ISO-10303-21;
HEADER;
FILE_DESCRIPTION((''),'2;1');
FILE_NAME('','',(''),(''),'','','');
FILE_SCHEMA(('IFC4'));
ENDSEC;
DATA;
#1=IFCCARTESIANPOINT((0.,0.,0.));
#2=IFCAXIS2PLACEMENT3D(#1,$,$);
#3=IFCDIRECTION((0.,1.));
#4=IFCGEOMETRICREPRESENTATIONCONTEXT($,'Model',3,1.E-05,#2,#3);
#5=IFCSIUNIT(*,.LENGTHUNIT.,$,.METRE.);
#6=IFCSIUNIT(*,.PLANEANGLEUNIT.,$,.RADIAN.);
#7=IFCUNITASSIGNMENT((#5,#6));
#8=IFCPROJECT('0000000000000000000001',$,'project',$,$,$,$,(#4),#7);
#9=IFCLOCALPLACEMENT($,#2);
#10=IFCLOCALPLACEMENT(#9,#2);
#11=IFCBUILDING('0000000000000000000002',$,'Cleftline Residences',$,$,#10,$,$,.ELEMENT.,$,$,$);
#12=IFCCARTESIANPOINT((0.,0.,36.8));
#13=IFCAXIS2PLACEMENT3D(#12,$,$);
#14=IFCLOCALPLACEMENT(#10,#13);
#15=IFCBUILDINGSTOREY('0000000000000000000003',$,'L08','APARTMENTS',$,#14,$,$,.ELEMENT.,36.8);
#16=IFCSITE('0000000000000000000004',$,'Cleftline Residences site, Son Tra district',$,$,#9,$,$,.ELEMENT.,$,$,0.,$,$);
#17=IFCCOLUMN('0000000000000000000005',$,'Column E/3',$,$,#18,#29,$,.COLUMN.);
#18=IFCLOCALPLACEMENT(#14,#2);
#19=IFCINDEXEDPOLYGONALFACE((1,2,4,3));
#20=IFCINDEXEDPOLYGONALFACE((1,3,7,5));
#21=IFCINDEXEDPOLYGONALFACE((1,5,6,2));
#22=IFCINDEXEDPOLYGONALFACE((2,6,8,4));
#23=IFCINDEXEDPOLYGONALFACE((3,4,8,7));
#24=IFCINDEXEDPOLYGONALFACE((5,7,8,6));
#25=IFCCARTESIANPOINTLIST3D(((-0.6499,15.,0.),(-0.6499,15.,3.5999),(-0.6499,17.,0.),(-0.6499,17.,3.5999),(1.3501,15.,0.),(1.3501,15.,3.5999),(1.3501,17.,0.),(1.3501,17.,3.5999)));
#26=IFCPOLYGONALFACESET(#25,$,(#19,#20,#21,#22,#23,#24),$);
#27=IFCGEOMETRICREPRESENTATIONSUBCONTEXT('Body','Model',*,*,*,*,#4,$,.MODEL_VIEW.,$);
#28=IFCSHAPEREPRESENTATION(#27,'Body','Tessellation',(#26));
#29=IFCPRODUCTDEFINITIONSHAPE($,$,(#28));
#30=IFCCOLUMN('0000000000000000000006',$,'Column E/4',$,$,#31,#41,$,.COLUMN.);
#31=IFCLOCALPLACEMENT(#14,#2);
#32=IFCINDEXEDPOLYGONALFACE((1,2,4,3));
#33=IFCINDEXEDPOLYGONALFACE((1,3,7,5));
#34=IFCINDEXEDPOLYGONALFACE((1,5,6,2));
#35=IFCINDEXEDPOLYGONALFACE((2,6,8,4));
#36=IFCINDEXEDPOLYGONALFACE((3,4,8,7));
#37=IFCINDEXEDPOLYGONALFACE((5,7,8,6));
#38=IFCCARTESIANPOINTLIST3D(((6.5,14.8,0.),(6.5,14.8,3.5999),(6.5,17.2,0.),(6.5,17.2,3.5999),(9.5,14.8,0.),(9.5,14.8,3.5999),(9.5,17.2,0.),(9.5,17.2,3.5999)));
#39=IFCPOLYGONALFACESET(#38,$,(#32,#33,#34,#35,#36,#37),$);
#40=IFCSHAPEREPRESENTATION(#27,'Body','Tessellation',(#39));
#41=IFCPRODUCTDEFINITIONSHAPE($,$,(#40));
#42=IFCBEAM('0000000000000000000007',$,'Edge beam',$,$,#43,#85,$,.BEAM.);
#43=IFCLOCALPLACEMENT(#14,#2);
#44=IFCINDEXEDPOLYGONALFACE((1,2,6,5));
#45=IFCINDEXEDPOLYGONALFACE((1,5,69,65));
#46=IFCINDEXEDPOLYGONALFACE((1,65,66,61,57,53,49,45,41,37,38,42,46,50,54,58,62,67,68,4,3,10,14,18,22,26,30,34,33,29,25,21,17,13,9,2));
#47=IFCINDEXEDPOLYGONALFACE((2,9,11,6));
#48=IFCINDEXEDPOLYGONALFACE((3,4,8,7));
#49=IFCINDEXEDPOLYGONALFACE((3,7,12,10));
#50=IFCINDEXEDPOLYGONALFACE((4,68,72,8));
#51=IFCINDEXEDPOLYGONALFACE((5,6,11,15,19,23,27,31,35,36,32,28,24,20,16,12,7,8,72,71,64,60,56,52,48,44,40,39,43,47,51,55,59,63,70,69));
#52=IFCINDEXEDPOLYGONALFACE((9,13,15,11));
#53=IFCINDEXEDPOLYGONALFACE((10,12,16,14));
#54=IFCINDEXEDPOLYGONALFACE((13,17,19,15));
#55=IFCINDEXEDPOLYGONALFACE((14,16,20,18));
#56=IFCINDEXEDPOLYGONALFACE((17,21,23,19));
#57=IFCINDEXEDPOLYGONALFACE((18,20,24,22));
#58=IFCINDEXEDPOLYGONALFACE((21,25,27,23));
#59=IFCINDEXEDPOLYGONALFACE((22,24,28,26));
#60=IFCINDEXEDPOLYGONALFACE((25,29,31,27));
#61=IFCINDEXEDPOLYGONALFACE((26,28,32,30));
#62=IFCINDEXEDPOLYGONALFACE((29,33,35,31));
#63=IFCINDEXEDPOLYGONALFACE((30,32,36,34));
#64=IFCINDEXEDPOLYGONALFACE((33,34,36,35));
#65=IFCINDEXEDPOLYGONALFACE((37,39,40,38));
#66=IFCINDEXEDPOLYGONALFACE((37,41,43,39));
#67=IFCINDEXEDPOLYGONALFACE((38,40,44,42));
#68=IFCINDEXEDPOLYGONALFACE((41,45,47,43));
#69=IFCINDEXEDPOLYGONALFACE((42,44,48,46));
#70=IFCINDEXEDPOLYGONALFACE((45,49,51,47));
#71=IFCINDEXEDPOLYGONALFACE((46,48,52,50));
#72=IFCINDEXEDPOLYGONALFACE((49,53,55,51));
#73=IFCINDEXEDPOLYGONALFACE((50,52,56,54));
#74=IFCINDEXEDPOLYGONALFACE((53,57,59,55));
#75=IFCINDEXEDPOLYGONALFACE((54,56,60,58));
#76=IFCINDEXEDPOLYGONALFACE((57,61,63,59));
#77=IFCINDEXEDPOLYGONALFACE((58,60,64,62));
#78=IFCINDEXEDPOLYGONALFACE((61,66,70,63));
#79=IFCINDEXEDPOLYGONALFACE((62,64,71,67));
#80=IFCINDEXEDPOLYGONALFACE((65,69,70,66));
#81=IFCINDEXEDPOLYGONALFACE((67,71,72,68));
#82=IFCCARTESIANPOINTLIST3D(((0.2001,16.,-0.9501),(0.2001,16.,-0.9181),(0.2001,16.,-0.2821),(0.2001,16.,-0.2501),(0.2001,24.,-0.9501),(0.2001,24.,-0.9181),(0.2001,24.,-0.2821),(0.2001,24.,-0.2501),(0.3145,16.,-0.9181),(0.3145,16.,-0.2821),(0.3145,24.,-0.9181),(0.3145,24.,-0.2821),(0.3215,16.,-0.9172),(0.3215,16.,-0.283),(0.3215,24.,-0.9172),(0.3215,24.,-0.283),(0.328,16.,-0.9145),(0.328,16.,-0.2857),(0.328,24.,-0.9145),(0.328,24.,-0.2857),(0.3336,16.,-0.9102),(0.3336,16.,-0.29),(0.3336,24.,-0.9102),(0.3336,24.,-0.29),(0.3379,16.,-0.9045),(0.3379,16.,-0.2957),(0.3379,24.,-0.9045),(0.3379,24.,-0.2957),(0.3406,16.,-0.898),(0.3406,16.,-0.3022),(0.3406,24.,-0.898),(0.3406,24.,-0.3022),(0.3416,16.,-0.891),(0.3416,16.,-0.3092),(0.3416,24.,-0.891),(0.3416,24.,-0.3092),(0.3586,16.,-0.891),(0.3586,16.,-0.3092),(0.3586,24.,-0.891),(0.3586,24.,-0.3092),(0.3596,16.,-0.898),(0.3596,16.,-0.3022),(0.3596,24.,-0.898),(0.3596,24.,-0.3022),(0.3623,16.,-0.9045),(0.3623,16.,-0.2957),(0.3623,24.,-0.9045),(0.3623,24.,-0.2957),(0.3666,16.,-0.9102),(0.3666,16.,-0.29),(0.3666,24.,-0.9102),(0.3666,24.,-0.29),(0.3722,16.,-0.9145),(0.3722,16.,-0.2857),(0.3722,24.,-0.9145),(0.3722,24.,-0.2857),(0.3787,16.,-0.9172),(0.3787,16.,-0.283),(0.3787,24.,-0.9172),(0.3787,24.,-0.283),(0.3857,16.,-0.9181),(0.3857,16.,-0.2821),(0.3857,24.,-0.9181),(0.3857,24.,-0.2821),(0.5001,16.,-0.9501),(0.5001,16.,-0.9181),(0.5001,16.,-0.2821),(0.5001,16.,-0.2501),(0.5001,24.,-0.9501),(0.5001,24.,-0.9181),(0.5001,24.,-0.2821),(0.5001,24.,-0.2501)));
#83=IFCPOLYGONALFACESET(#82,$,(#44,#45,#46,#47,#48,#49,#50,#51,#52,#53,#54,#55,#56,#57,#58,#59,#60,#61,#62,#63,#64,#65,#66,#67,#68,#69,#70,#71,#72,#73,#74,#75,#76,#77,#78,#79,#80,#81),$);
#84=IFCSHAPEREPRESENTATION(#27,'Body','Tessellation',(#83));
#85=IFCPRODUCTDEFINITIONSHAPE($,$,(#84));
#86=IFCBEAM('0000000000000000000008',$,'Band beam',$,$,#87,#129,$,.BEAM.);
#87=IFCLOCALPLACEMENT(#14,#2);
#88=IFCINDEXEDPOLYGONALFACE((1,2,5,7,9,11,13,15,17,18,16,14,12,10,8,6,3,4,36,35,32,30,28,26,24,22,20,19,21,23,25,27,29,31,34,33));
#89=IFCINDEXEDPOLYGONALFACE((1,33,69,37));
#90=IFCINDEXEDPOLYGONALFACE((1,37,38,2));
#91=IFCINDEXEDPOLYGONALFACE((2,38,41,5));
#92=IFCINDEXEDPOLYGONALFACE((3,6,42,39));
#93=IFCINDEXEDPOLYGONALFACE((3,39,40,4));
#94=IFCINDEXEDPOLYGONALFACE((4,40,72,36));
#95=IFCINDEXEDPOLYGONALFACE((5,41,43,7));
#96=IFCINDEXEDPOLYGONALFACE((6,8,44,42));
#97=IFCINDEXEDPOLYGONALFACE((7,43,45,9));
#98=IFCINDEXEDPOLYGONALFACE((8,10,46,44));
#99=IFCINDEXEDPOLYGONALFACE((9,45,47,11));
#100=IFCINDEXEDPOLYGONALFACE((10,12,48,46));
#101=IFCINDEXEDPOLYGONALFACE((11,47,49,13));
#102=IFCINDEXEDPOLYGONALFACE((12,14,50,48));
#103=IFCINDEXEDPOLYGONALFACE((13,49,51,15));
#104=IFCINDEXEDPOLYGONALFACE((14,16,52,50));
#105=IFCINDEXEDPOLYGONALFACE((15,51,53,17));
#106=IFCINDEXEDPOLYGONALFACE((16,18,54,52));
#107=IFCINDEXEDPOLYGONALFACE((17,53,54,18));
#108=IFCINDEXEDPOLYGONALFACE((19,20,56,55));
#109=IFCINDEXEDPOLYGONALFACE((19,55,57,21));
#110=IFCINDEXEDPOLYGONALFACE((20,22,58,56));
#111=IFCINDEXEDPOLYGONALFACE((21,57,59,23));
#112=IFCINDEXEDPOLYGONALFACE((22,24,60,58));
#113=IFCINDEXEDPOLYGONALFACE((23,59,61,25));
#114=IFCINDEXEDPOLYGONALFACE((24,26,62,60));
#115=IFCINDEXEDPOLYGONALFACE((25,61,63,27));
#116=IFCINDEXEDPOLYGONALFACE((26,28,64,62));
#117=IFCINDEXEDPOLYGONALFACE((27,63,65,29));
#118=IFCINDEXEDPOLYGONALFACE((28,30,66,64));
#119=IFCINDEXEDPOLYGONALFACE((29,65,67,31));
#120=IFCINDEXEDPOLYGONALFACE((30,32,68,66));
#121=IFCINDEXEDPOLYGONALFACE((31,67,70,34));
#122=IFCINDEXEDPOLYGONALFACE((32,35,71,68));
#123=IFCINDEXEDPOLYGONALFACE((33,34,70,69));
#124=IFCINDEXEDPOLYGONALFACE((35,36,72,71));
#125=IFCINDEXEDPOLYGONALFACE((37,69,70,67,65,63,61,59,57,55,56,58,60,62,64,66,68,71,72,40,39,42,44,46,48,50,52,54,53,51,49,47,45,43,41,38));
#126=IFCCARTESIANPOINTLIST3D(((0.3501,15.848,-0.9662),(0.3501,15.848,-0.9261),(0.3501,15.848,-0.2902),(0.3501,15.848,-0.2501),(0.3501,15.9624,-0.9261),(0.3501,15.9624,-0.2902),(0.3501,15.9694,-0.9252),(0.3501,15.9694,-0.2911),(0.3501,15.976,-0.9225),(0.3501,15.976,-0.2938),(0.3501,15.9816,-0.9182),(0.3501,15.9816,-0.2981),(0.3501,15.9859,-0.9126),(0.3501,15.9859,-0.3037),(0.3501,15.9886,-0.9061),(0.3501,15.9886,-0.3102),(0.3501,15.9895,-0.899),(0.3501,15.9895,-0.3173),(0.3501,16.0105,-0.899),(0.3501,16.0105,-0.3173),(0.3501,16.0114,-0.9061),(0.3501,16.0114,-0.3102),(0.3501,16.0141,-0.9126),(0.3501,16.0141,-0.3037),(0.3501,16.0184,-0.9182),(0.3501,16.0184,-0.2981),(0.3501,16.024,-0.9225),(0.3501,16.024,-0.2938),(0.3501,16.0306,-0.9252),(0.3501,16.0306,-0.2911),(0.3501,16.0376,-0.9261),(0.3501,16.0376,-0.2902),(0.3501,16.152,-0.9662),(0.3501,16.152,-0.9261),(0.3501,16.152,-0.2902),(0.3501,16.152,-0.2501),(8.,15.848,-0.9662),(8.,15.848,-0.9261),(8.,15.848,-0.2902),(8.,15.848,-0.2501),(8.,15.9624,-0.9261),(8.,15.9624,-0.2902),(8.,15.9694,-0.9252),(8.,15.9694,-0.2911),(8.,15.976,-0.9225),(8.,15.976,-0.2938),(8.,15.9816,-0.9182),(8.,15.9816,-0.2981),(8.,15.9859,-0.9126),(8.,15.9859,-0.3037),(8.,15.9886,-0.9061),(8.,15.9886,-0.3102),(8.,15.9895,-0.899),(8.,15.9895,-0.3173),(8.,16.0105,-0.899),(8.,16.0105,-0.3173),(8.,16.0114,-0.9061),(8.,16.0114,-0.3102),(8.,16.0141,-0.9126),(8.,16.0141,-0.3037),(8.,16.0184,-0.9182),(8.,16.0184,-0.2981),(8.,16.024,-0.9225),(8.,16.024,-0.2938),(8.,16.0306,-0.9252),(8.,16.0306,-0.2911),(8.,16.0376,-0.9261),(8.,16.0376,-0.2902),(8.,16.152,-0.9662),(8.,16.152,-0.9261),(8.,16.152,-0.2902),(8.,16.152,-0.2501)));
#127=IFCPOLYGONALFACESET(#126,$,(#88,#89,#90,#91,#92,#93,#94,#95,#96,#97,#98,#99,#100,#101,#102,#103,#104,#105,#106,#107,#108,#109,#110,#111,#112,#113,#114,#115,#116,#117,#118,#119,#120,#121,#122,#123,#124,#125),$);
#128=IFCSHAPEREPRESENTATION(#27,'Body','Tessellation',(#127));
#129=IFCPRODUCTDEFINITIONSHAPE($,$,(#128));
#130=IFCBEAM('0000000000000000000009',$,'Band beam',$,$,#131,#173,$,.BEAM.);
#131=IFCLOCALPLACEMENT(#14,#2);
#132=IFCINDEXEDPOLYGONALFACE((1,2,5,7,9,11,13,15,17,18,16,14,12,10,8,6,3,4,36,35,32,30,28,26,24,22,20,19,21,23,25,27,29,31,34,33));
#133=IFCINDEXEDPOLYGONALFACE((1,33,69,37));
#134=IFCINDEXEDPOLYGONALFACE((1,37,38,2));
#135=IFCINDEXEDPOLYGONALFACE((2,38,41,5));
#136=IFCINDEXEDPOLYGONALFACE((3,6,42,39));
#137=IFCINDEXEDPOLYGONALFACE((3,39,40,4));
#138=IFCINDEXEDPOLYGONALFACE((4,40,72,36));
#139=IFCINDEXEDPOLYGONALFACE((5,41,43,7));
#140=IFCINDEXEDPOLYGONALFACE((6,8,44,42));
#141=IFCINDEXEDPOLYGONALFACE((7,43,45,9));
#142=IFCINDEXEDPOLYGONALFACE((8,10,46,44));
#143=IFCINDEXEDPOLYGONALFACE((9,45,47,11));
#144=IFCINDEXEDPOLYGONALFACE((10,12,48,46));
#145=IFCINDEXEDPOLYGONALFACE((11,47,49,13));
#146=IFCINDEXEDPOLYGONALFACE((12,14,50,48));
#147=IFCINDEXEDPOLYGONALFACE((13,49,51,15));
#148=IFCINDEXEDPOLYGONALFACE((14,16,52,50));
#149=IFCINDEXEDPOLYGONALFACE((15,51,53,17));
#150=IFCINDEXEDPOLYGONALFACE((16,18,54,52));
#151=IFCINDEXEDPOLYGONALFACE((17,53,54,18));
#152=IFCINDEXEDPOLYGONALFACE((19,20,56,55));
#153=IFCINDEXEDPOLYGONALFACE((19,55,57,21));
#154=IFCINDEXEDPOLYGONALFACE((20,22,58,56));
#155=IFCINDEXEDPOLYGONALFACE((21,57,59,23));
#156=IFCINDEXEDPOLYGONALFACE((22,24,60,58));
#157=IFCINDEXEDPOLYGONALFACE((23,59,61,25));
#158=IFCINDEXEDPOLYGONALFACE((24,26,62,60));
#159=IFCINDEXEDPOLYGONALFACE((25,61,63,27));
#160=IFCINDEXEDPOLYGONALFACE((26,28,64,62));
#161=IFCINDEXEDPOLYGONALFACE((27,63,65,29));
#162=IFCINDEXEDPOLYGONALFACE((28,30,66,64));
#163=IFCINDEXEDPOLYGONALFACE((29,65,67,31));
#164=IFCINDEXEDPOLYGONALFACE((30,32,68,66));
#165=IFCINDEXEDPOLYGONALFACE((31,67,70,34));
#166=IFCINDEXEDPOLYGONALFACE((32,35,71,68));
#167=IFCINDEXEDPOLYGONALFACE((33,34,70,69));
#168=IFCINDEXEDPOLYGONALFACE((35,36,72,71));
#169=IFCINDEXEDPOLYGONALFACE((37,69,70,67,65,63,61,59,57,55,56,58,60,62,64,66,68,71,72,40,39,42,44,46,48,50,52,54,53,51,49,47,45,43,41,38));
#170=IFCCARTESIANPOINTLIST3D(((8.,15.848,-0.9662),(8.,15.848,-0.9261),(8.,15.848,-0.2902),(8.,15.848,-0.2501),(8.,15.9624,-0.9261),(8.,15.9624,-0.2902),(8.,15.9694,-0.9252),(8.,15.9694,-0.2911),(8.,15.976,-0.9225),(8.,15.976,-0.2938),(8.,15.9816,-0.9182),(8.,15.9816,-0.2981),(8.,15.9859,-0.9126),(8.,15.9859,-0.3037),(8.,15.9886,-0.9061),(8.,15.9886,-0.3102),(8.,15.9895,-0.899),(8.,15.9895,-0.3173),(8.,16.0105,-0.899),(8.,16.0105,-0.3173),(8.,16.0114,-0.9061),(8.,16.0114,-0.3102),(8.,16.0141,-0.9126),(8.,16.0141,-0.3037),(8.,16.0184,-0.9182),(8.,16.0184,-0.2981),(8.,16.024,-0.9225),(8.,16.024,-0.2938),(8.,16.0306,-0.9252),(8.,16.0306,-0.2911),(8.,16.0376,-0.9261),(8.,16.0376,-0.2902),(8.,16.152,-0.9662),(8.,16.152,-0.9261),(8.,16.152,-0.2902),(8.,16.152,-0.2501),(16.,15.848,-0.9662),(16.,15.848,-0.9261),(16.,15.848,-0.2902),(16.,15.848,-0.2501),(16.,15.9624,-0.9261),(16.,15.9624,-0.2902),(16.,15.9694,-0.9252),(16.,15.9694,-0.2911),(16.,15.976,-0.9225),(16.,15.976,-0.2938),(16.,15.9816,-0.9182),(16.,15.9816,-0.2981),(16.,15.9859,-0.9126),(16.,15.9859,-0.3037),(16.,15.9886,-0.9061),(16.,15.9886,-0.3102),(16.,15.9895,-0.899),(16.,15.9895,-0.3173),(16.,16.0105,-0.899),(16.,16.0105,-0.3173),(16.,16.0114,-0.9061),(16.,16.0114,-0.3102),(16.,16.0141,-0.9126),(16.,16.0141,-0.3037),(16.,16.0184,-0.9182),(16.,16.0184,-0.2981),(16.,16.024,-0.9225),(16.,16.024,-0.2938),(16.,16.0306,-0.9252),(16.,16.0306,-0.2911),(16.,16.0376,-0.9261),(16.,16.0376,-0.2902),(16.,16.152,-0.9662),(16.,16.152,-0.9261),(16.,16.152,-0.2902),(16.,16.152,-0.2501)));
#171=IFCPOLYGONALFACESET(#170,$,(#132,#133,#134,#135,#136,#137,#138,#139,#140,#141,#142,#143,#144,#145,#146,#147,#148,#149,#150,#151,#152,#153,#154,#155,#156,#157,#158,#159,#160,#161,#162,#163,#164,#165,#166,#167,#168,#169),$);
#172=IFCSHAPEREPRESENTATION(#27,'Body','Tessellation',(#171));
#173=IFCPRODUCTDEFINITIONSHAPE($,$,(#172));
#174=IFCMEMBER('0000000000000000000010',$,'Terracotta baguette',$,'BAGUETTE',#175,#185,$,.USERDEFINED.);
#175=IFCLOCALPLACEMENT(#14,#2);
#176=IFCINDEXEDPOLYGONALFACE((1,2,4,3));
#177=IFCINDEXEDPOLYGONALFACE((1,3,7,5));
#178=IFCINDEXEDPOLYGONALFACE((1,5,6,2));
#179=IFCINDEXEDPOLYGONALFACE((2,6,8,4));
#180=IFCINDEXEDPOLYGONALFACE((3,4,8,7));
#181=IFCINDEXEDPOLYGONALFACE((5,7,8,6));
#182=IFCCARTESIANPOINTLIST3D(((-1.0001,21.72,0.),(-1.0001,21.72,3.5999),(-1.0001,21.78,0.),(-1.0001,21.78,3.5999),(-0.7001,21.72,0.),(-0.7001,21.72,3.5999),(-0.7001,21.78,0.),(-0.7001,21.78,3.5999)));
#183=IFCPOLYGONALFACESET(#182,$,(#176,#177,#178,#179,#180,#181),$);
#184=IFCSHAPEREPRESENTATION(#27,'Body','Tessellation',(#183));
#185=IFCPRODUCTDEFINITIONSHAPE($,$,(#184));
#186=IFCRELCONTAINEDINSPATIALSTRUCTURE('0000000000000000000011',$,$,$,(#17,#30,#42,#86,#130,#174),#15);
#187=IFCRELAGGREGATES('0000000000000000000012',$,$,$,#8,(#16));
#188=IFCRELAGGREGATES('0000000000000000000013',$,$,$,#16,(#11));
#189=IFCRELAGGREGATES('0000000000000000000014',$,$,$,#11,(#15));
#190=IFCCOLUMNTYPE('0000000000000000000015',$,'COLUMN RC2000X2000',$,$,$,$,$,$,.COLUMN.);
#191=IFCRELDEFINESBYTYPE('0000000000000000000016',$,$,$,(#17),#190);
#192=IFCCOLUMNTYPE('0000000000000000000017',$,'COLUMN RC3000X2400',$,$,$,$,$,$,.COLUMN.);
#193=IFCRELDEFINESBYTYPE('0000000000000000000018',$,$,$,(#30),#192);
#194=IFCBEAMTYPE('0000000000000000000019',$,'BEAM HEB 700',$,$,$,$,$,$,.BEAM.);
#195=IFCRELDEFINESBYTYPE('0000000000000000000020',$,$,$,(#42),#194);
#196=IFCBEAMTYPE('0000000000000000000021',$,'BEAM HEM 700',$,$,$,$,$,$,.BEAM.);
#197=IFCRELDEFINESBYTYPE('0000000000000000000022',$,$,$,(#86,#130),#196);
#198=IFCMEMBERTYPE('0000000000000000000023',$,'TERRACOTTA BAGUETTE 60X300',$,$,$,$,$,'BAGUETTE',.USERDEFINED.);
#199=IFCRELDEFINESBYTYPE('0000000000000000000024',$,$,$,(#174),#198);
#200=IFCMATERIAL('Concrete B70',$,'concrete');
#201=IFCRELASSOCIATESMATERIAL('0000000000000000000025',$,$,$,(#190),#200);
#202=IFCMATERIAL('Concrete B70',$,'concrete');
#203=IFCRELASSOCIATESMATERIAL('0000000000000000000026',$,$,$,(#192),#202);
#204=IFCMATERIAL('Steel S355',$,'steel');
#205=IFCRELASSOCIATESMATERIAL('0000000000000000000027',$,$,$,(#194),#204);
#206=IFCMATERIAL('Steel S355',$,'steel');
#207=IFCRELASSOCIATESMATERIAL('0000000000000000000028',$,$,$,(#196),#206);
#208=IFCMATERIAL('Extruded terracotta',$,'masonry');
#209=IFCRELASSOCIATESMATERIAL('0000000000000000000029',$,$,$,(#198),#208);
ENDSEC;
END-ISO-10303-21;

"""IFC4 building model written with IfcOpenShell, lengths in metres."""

from ifc_helpers import new_model, si_unit, direction, frame, origin, origin_2d, place, context, subcontext, project, spatial, rectangle, i_section, extrude, material, material_profile, profile_set, type_object, element, save


model = new_model("IFC4")

# Units and contexts
model_context = context("Model", 3, precision=1e-05, world=origin(), true_north=direction((0.0, 1.0)))
body_context = subcontext(model_context, "Body", "Model", "MODEL_VIEW")
ifc_project = project(units=[si_unit("LENGTHUNIT", "METRE"), si_unit("PLANEANGLEUNIT", "RADIAN")], contexts=[model_context])

# Site, building, storey
site_placement = place(None, origin())
site = spatial("IfcSite", under=ifc_project, at=site_placement, Name="Cleftline Residences site, Son Tra district", CompositionType="ELEMENT", RefElevation=0.0)
building_placement = place(site_placement, origin())
building = spatial("IfcBuilding", under=site, at=building_placement, Name="Cleftline Residences", CompositionType="ELEMENT")
storey_placement = place(building_placement, frame((0.0, 0.0, 36.8)))
storey = spatial("IfcBuildingStorey", under=building, at=storey_placement, Name="L08", Description="APARTMENTS", CompositionType="ELEMENT", Elevation=36.8)

# Columns
ifc_material_1 = material(Name="Concrete B70", Category="concrete")
ifc_material_profile_1 = material_profile(ifc_material_1, rectangle(XDim=2.0, YDim=2.0, at=origin_2d()))
ifc_profile_set_1 = profile_set([ifc_material_profile_1], Name="Concrete B70")
column_type_1 = type_object("IfcColumnType", Name="COLUMN RC2000X2000", PredefinedType="COLUMN", material=ifc_profile_set_1)
column_1_placement = place(storey_placement, frame((0.3501, 16.0, 0.0), z_axis=(0.0, 0.0, 1.0), x_axis=(1.0, 0.0, 0.0)))
element("IfcColumn", 1, at=column_1_placement, inside=storey, type_object=column_type_1, Name="Column E/3", PredefinedType="COLUMN", context=body_context, shape_type="SweptSolid", body=[
    extrude(rectangle(XDim=2.0, YDim=2.0, at=origin_2d()), origin(), (0.0, 0.0, 1.0), 3.5999),
])
ifc_material_2 = material(Name="Concrete B70", Category="concrete")
ifc_material_profile_2 = material_profile(ifc_material_2, rectangle(XDim=3.0, YDim=2.3999, at=origin_2d()))
ifc_profile_set_2 = profile_set([ifc_material_profile_2], Name="Concrete B70")
column_type_2 = type_object("IfcColumnType", Name="COLUMN RC3000X2400", PredefinedType="COLUMN", material=ifc_profile_set_2)
column_2_placement = place(storey_placement, frame((8.0, 16.0, 0.0), z_axis=(0.0, 0.0, 1.0), x_axis=(1.0, 0.0, 0.0)))
element("IfcColumn", 2, at=column_2_placement, inside=storey, type_object=column_type_2, Name="Column E/4", PredefinedType="COLUMN", context=body_context, shape_type="SweptSolid", body=[
    extrude(rectangle(XDim=3.0, YDim=2.3999, at=origin_2d()), origin(), (0.0, 0.0, 1.0), 3.5999),
])

# Beams
ifc_material_3 = material(Name="Steel S355", Category="steel")
ifc_material_profile_3 = material_profile(ifc_material_3, i_section(OverallWidth=0.3, OverallDepth=0.7, WebThickness=0.0171, FlangeThickness=0.032, FilletRadius=0.0271, at=origin_2d()))
ifc_profile_set_3 = profile_set([ifc_material_profile_3], Name="Steel S355")
beam_type_1 = type_object("IfcBeamType", Name="BEAM HEB 700", PredefinedType="BEAM", material=ifc_profile_set_3)
beam_1_placement = place(storey_placement, frame((0.3501, 16.0, -0.6001), z_axis=(0.0, 1.0, 0.0), x_axis=(-1.0, 0.0, 0.0)))
element("IfcBeam", 3, at=beam_1_placement, inside=storey, type_object=beam_type_1, Name="Edge beam", PredefinedType="BEAM", context=body_context, shape_type="SweptSolid", body=[
    extrude(i_section(OverallWidth=0.3, OverallDepth=0.7, WebThickness=0.0171, FlangeThickness=0.032, FilletRadius=0.0271, at=origin_2d()), origin(), (0.0, 0.0, 1.0), 8.0),
])
ifc_material_4 = material(Name="Steel S355", Category="steel")
ifc_material_profile_4 = material_profile(ifc_material_4, i_section(OverallWidth=0.304, OverallDepth=0.7161, WebThickness=0.021, FlangeThickness=0.04, FilletRadius=0.0271, at=origin_2d()))
ifc_profile_set_4 = profile_set([ifc_material_profile_4], Name="Steel S355")
beam_type_2 = type_object("IfcBeamType", Name="BEAM HEM 700", PredefinedType="BEAM", material=ifc_profile_set_4)
beam_2_placement = place(storey_placement, frame((0.3501, 16.0, -0.6082), z_axis=(1.0, 0.0, 0.0), x_axis=(0.0, 1.0, 0.0)))
element("IfcBeam", 4, at=beam_2_placement, inside=storey, type_object=beam_type_2, Name="Band beam", PredefinedType="BEAM", context=body_context, shape_type="SweptSolid", body=[
    extrude(i_section(OverallWidth=0.304, OverallDepth=0.7161, WebThickness=0.021, FlangeThickness=0.04, FilletRadius=0.0271, at=origin_2d()), origin(), (0.0, 0.0, 1.0), 7.6499),
])
beam_3_placement = place(storey_placement, frame((8.0, 16.0, -0.6082), z_axis=(1.0, 0.0, 0.0), x_axis=(0.0, 1.0, 0.0)))
element("IfcBeam", 5, at=beam_3_placement, inside=storey, type_object=beam_type_2, Name="Band beam", PredefinedType="BEAM", context=body_context, shape_type="SweptSolid", body=[
    extrude(i_section(OverallWidth=0.304, OverallDepth=0.7161, WebThickness=0.021, FlangeThickness=0.04, FilletRadius=0.0271, at=origin_2d()), origin(), (0.0, 0.0, 1.0), 8.0),
])

# Member
ifc_material_5 = material(Name="Extruded terracotta", Category="masonry")
ifc_material_profile_5 = material_profile(ifc_material_5, rectangle(XDim=0.0601, YDim=0.3, at=origin_2d()))
ifc_profile_set_5 = profile_set([ifc_material_profile_5], Name="Extruded terracotta")
member_type = type_object("IfcMemberType", Name="TERRACOTTA BAGUETTE 60X300", ElementType="BAGUETTE", PredefinedType="USERDEFINED", material=ifc_profile_set_5)
for number, where, z_axis, x_axis, name in (
    (6, (-0.8501, 21.75, 0.0), (0.0, 0.0, 1.0), (0.0, 1.0, 0.0), "Terracotta baguette"),
):
    element("IfcMember", number, at=place(storey_placement, frame(where, z_axis=z_axis, x_axis=x_axis)), inside=storey, type_object=member_type, Name=name, ObjectType="BAGUETTE", PredefinedType="USERDEFINED", context=body_context, shape_type="SweptSolid", body=[
        extrude(rectangle(XDim=0.0601, YDim=0.3, at=origin_2d()), origin(), (0.0, 0.0, 1.0), 3.5999),
    ])

save(model, "model.ifc")
